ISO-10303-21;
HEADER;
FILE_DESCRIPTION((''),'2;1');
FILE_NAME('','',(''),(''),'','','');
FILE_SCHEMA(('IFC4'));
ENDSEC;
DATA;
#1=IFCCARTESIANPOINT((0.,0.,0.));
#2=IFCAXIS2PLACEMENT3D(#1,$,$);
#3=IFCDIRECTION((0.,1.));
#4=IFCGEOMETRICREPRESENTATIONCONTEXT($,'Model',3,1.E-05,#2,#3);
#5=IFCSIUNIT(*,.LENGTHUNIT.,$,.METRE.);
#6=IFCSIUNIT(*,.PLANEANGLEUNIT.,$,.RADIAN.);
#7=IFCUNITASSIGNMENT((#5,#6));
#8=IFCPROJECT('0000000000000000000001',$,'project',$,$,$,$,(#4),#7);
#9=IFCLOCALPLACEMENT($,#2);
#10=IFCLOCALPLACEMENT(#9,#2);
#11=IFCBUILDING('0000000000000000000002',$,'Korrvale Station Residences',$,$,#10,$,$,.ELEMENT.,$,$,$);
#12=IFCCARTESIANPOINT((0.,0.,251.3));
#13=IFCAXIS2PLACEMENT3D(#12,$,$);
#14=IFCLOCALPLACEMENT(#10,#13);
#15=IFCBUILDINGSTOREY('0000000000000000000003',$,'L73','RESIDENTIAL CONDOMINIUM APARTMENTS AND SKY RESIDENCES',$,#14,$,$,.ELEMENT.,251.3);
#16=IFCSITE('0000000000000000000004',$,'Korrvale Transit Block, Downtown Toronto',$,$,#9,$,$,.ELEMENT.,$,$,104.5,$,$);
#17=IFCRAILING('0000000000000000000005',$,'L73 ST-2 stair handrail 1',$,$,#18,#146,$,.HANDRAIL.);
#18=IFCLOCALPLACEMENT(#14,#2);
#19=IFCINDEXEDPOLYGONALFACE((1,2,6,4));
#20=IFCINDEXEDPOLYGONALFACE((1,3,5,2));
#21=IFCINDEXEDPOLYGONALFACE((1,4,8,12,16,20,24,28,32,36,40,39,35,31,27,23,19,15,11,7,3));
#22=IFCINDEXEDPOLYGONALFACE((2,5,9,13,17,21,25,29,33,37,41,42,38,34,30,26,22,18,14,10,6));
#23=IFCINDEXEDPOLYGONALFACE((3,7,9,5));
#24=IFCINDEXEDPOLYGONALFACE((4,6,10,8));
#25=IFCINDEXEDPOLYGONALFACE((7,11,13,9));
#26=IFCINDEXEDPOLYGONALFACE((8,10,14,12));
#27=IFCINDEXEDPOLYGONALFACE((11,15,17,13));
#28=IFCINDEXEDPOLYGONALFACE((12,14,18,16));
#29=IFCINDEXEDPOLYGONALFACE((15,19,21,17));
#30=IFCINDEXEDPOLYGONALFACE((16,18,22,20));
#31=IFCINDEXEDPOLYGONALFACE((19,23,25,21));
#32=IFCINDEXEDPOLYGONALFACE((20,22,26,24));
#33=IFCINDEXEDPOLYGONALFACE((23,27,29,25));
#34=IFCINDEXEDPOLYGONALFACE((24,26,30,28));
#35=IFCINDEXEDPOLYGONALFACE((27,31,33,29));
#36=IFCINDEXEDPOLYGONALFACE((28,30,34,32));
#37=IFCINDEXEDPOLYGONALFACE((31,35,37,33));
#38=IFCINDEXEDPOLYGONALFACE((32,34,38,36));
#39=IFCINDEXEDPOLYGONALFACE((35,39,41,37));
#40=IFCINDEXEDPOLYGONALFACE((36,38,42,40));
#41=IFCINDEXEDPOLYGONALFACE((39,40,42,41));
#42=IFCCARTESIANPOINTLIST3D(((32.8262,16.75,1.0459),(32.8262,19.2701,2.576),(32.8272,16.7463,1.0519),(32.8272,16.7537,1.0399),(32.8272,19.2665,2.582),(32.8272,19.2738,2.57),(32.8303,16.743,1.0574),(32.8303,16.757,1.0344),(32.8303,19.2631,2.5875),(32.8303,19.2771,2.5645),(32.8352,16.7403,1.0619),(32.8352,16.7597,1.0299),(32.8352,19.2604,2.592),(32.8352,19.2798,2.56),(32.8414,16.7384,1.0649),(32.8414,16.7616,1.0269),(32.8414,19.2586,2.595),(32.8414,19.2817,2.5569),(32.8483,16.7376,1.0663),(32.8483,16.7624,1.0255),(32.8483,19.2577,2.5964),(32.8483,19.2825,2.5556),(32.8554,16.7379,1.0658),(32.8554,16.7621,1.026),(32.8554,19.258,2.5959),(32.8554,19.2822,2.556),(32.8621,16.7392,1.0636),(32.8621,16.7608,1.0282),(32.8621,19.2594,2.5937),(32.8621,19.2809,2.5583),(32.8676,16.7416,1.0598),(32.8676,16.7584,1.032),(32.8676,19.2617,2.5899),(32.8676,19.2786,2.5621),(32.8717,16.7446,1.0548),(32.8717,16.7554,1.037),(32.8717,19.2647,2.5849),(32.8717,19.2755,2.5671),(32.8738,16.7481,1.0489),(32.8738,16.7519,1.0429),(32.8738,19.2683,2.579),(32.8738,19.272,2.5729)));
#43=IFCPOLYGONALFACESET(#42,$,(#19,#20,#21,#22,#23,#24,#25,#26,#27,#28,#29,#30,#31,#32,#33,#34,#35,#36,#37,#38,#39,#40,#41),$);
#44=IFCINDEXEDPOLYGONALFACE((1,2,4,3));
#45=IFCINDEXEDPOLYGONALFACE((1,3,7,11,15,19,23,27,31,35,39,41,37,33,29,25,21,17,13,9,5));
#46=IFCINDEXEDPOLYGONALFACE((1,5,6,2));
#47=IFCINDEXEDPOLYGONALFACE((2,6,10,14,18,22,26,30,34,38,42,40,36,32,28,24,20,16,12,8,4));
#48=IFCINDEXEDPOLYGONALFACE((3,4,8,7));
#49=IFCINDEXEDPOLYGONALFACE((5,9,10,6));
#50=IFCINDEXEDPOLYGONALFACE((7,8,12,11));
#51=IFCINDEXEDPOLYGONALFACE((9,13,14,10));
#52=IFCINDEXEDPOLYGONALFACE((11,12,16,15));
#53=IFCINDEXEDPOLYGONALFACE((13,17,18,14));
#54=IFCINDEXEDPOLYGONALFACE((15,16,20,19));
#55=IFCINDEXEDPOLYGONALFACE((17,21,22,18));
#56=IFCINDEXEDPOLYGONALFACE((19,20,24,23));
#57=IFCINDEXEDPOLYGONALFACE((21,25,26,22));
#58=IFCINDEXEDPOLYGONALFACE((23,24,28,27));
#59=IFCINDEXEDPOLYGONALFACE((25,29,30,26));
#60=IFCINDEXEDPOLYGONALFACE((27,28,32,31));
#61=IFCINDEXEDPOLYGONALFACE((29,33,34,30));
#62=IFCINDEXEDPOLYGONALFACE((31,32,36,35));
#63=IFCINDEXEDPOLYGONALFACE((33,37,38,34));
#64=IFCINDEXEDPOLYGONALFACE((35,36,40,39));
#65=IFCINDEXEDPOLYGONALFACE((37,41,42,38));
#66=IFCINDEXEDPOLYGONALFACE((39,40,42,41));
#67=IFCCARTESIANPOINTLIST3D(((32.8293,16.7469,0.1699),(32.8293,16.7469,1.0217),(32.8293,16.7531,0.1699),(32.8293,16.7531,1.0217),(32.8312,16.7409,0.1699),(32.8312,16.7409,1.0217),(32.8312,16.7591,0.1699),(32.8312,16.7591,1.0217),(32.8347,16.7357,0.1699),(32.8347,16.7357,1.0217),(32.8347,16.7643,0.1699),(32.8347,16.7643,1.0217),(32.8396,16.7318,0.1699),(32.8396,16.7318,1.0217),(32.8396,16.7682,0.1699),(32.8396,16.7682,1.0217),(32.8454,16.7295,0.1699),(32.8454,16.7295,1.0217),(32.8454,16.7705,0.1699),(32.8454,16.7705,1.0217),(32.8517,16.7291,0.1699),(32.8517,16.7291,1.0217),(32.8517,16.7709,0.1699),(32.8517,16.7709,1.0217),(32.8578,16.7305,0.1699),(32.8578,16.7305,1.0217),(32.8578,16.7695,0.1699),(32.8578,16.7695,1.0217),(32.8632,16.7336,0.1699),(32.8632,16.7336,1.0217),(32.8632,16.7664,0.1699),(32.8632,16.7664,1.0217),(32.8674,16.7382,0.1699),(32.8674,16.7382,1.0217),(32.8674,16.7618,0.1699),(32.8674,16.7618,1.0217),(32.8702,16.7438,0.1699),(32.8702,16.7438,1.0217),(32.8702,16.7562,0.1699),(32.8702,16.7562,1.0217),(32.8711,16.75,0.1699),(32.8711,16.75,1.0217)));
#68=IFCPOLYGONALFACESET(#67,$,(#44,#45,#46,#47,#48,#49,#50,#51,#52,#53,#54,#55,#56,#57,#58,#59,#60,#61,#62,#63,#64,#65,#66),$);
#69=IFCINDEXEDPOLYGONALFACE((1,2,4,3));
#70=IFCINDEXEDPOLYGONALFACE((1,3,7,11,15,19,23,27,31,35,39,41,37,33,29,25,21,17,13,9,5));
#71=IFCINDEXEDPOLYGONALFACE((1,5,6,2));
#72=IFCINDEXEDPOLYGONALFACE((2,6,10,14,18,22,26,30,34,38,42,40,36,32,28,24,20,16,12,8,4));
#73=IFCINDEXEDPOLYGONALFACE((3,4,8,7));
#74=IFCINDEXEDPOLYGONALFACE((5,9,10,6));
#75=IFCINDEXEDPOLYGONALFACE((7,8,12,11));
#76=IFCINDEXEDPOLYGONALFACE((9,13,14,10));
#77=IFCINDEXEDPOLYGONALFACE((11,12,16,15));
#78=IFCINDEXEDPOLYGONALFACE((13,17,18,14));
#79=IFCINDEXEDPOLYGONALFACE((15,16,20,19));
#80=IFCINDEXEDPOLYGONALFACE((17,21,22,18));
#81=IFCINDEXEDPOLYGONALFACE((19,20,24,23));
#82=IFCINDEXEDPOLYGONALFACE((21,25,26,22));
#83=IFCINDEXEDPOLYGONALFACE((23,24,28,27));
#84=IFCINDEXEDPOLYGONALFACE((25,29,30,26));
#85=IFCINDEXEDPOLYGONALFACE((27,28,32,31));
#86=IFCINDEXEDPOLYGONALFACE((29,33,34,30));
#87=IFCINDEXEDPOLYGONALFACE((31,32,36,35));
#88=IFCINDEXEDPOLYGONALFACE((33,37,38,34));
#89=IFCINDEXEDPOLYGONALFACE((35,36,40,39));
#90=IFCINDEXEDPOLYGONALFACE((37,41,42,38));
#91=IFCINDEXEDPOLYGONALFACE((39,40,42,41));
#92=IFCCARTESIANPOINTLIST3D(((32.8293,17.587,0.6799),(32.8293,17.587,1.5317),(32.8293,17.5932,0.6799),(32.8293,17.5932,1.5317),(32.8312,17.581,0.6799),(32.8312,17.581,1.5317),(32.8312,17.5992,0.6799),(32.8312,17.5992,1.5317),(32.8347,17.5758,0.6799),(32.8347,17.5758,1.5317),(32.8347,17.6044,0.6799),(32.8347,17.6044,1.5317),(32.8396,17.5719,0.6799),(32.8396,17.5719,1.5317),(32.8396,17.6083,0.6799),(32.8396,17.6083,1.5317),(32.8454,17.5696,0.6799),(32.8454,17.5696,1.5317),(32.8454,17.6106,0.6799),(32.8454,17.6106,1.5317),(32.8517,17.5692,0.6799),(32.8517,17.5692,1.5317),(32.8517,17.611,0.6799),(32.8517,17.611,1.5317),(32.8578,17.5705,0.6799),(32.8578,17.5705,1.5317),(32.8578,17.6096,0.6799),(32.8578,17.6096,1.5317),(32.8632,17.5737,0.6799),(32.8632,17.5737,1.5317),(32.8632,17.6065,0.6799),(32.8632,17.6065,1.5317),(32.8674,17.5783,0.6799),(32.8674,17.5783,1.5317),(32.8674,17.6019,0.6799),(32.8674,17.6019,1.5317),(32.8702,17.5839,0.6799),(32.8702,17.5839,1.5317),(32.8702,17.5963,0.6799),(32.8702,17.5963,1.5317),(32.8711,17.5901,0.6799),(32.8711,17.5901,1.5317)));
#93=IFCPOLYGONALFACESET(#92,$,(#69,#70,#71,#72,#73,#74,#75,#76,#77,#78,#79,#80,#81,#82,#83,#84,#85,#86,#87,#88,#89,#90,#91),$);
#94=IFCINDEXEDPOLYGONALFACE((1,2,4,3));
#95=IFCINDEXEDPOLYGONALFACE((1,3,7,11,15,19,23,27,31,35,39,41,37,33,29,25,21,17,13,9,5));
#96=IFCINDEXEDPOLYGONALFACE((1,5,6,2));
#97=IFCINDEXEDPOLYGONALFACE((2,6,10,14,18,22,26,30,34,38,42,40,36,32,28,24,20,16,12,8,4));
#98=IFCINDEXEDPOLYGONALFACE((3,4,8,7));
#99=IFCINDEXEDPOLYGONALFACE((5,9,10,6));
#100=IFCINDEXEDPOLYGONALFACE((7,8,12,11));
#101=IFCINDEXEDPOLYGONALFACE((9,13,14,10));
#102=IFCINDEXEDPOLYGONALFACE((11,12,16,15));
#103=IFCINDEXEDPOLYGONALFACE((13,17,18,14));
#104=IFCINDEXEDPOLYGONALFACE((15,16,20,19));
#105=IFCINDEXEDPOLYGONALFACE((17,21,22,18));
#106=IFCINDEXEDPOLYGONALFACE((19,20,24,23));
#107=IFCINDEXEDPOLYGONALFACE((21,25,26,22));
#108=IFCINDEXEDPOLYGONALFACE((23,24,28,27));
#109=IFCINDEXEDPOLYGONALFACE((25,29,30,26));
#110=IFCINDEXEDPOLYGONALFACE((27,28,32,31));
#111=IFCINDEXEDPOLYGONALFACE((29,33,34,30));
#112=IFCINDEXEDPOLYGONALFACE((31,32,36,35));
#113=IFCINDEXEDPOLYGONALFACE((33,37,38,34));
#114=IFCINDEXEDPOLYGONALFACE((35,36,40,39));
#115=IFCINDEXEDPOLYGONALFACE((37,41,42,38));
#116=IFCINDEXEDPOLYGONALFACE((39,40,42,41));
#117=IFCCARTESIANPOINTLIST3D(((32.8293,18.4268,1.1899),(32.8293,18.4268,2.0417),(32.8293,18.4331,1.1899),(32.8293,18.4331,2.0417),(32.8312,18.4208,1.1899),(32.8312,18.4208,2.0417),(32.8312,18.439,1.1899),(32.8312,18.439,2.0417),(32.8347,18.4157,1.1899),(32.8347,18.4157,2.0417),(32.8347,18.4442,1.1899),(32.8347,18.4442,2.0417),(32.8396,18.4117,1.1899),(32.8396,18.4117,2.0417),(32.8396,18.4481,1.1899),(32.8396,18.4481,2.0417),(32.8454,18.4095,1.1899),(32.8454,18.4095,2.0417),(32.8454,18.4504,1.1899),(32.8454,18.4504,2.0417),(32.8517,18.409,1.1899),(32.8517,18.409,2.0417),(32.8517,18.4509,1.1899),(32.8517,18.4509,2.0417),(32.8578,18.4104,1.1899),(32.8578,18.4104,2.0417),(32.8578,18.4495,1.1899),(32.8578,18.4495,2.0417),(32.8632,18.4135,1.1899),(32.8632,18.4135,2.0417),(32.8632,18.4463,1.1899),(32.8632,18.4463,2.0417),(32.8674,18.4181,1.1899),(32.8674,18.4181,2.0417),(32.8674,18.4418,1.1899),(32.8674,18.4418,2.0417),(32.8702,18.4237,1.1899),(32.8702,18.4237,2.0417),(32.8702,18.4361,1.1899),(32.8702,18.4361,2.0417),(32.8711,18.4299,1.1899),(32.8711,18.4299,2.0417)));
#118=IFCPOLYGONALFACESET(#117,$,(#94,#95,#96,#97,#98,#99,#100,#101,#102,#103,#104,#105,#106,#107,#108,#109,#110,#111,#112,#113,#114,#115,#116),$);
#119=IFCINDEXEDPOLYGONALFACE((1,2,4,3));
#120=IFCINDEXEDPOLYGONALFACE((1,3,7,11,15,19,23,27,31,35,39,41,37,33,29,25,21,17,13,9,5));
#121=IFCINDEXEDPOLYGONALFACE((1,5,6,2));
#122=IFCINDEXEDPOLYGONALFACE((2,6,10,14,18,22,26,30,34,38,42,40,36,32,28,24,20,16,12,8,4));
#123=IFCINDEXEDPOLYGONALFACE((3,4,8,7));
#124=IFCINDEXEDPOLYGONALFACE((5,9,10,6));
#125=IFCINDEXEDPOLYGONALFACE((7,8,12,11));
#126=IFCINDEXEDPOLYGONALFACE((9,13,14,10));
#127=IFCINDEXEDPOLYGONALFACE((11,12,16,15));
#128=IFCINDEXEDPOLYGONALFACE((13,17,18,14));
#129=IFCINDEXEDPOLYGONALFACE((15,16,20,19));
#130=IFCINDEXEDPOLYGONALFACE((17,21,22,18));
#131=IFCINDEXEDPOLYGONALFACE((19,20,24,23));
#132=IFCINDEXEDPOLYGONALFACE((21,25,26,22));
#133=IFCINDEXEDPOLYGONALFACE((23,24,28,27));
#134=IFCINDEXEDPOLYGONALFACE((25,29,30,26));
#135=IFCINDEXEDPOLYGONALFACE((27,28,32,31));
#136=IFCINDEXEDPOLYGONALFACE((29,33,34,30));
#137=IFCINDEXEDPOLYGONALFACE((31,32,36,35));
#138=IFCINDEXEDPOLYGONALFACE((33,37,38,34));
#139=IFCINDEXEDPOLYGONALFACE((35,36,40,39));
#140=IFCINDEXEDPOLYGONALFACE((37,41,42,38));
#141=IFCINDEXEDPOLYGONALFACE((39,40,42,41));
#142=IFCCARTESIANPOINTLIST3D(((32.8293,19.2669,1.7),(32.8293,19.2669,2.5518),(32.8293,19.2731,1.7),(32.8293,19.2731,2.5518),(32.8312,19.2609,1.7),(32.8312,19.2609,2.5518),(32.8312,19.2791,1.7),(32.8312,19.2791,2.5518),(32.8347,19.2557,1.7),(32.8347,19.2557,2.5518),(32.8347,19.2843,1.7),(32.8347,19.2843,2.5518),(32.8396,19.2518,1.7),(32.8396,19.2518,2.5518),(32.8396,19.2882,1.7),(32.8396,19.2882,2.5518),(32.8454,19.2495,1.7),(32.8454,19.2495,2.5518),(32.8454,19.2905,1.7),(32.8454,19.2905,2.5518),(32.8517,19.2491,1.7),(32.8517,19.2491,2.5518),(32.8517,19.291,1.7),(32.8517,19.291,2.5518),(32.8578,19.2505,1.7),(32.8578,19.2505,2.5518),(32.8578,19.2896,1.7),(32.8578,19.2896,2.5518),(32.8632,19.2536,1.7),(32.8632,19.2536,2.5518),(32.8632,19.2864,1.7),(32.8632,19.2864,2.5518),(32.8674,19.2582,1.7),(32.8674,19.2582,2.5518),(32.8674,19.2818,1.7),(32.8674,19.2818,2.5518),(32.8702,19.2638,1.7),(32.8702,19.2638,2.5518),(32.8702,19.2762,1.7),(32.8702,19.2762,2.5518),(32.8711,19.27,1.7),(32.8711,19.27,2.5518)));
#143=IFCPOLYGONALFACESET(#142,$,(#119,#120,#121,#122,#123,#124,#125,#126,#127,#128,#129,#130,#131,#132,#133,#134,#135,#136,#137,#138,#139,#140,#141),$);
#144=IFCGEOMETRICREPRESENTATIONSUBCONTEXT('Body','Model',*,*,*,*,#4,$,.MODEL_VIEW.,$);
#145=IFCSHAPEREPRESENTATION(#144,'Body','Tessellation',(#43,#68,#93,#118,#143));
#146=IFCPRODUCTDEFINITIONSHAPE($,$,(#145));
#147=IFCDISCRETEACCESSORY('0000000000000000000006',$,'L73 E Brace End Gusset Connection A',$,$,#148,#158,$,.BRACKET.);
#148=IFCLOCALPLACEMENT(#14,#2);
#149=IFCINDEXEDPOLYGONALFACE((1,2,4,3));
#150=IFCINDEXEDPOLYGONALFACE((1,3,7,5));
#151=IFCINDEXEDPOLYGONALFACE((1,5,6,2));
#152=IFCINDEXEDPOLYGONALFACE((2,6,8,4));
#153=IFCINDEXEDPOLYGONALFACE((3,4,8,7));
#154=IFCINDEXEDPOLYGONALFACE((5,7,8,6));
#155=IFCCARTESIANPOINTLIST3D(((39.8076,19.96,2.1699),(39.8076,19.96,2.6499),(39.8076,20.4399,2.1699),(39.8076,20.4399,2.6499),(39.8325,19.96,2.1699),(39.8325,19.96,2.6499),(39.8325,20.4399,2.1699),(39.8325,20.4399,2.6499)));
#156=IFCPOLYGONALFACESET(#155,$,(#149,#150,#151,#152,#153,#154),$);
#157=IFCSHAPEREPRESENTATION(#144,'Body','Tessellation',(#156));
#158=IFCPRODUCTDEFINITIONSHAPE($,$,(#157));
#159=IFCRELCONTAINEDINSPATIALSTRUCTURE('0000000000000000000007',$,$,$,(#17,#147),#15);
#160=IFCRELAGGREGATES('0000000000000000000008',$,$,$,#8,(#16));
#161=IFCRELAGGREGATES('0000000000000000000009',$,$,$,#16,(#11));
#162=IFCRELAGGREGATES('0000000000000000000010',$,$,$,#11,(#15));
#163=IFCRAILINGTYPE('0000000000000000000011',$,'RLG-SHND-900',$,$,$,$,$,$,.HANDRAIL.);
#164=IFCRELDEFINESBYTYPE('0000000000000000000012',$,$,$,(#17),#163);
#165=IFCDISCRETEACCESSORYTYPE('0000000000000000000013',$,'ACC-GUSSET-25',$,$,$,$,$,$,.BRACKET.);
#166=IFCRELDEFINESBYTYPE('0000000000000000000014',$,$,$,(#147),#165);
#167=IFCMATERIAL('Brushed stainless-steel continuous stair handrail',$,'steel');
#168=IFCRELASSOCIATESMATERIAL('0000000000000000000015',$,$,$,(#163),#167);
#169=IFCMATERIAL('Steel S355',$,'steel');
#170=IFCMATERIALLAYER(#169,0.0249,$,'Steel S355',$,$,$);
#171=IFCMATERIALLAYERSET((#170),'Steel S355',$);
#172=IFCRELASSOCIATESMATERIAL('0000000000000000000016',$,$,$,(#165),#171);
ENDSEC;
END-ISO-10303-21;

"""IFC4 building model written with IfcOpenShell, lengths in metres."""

from ifc_helpers import new_model, si_unit, direction, frame, origin, origin_2d, place, context, subcontext, project, spatial, rectangle, circle, extrude, material, layer, layer_set, type_object, element, save


model = new_model("IFC4")

# Units and contexts
model_context = context("Model", 3, precision=1e-05, world=origin(), true_north=direction((0.0, 1.0)))
body_context = subcontext(model_context, "Body", "Model", "MODEL_VIEW")
ifc_project = project(units=[si_unit("LENGTHUNIT", "METRE"), si_unit("PLANEANGLEUNIT", "RADIAN")], contexts=[model_context])

# Site, building, storey
site_placement = place(None, origin())
site = spatial("IfcSite", under=ifc_project, at=site_placement, Name="Korrvale Transit Block, Downtown Toronto", CompositionType="ELEMENT", RefElevation=104.5)
building_placement = place(site_placement, origin())
building = spatial("IfcBuilding", under=site, at=building_placement, Name="Korrvale Station Residences", CompositionType="ELEMENT")
storey_placement = place(building_placement, frame((0.0, 0.0, 251.3)))
storey = spatial("IfcBuildingStorey", under=building, at=storey_placement, Name="L73", Description="RESIDENTIAL CONDOMINIUM APARTMENTS AND SKY RESIDENCES", CompositionType="ELEMENT", Elevation=251.3)

# Shared definitions
ifc_material_1 = material(Name="Steel S355", Category="steel")

# Railing
ifc_material_2 = material(Name="Brushed stainless-steel continuous stair handrail", Category="steel")
railing_type = type_object("IfcRailingType", Name="RLG-SHND-900", PredefinedType="HANDRAIL", material=ifc_material_2)
railing_placement = place(storey_placement, frame((32.8501, 16.75, 0.1699)))
element("IfcRailing", 1, at=railing_placement, inside=storey, type_object=railing_type, Name="L73 ST-2 stair handrail 1", PredefinedType="HANDRAIL", context=body_context, shape_type="SweptSolid", body=[
    extrude(circle(Radius=0.0239, at=origin_2d()), frame((0.0, 0.0, 0.876), z_axis=(0.0, 0.854785, 0.518982), x_axis=(-1.0, 0.0, 0.0)), (0.0, 0.0, 1.0), 2.9482),
    extrude(circle(Radius=0.021, at=origin_2d()), origin(), (0.0, 0.0, 1.0), 0.8518),
    extrude(circle(Radius=0.021, at=origin_2d()), frame((0.0, 0.8401, 0.51)), (0.0, 0.0, 1.0), 0.8518),
    extrude(circle(Radius=0.021, at=origin_2d()), frame((0.0, 1.6799, 1.02)), (0.0, 0.0, 1.0), 0.8518),
    extrude(circle(Radius=0.021, at=origin_2d()), frame((0.0, 2.52, 1.53)), (0.0, 0.0, 1.0), 0.8518),
])

# Discrete accessory
ifc_layer_1 = layer(ifc_material_1, 0.0249, Name="Steel S355")
ifc_layer_set_1 = layer_set([ifc_layer_1], Name="Steel S355")
discrete_accessory_type = type_object("IfcDiscreteAccessoryType", Name="ACC-GUSSET-25", PredefinedType="BRACKET", material=ifc_layer_set_1)
discrete_accessory_placement = place(storey_placement, frame((39.8201, 20.2, 2.1699), z_axis=(0.0, 0.0, 1.0), x_axis=(0.0, 1.0, 0.0)))
element("IfcDiscreteAccessory", 2, at=discrete_accessory_placement, inside=storey, type_object=discrete_accessory_type, Name="L73 E Brace End Gusset Connection A", PredefinedType="BRACKET", context=body_context, shape_type="SweptSolid", body=[
    extrude(rectangle(XDim=0.48, YDim=0.0249, at=origin_2d()), origin(), (0.0, 0.0, 1.0), 0.48),
])

save(model, "model.ifc")
